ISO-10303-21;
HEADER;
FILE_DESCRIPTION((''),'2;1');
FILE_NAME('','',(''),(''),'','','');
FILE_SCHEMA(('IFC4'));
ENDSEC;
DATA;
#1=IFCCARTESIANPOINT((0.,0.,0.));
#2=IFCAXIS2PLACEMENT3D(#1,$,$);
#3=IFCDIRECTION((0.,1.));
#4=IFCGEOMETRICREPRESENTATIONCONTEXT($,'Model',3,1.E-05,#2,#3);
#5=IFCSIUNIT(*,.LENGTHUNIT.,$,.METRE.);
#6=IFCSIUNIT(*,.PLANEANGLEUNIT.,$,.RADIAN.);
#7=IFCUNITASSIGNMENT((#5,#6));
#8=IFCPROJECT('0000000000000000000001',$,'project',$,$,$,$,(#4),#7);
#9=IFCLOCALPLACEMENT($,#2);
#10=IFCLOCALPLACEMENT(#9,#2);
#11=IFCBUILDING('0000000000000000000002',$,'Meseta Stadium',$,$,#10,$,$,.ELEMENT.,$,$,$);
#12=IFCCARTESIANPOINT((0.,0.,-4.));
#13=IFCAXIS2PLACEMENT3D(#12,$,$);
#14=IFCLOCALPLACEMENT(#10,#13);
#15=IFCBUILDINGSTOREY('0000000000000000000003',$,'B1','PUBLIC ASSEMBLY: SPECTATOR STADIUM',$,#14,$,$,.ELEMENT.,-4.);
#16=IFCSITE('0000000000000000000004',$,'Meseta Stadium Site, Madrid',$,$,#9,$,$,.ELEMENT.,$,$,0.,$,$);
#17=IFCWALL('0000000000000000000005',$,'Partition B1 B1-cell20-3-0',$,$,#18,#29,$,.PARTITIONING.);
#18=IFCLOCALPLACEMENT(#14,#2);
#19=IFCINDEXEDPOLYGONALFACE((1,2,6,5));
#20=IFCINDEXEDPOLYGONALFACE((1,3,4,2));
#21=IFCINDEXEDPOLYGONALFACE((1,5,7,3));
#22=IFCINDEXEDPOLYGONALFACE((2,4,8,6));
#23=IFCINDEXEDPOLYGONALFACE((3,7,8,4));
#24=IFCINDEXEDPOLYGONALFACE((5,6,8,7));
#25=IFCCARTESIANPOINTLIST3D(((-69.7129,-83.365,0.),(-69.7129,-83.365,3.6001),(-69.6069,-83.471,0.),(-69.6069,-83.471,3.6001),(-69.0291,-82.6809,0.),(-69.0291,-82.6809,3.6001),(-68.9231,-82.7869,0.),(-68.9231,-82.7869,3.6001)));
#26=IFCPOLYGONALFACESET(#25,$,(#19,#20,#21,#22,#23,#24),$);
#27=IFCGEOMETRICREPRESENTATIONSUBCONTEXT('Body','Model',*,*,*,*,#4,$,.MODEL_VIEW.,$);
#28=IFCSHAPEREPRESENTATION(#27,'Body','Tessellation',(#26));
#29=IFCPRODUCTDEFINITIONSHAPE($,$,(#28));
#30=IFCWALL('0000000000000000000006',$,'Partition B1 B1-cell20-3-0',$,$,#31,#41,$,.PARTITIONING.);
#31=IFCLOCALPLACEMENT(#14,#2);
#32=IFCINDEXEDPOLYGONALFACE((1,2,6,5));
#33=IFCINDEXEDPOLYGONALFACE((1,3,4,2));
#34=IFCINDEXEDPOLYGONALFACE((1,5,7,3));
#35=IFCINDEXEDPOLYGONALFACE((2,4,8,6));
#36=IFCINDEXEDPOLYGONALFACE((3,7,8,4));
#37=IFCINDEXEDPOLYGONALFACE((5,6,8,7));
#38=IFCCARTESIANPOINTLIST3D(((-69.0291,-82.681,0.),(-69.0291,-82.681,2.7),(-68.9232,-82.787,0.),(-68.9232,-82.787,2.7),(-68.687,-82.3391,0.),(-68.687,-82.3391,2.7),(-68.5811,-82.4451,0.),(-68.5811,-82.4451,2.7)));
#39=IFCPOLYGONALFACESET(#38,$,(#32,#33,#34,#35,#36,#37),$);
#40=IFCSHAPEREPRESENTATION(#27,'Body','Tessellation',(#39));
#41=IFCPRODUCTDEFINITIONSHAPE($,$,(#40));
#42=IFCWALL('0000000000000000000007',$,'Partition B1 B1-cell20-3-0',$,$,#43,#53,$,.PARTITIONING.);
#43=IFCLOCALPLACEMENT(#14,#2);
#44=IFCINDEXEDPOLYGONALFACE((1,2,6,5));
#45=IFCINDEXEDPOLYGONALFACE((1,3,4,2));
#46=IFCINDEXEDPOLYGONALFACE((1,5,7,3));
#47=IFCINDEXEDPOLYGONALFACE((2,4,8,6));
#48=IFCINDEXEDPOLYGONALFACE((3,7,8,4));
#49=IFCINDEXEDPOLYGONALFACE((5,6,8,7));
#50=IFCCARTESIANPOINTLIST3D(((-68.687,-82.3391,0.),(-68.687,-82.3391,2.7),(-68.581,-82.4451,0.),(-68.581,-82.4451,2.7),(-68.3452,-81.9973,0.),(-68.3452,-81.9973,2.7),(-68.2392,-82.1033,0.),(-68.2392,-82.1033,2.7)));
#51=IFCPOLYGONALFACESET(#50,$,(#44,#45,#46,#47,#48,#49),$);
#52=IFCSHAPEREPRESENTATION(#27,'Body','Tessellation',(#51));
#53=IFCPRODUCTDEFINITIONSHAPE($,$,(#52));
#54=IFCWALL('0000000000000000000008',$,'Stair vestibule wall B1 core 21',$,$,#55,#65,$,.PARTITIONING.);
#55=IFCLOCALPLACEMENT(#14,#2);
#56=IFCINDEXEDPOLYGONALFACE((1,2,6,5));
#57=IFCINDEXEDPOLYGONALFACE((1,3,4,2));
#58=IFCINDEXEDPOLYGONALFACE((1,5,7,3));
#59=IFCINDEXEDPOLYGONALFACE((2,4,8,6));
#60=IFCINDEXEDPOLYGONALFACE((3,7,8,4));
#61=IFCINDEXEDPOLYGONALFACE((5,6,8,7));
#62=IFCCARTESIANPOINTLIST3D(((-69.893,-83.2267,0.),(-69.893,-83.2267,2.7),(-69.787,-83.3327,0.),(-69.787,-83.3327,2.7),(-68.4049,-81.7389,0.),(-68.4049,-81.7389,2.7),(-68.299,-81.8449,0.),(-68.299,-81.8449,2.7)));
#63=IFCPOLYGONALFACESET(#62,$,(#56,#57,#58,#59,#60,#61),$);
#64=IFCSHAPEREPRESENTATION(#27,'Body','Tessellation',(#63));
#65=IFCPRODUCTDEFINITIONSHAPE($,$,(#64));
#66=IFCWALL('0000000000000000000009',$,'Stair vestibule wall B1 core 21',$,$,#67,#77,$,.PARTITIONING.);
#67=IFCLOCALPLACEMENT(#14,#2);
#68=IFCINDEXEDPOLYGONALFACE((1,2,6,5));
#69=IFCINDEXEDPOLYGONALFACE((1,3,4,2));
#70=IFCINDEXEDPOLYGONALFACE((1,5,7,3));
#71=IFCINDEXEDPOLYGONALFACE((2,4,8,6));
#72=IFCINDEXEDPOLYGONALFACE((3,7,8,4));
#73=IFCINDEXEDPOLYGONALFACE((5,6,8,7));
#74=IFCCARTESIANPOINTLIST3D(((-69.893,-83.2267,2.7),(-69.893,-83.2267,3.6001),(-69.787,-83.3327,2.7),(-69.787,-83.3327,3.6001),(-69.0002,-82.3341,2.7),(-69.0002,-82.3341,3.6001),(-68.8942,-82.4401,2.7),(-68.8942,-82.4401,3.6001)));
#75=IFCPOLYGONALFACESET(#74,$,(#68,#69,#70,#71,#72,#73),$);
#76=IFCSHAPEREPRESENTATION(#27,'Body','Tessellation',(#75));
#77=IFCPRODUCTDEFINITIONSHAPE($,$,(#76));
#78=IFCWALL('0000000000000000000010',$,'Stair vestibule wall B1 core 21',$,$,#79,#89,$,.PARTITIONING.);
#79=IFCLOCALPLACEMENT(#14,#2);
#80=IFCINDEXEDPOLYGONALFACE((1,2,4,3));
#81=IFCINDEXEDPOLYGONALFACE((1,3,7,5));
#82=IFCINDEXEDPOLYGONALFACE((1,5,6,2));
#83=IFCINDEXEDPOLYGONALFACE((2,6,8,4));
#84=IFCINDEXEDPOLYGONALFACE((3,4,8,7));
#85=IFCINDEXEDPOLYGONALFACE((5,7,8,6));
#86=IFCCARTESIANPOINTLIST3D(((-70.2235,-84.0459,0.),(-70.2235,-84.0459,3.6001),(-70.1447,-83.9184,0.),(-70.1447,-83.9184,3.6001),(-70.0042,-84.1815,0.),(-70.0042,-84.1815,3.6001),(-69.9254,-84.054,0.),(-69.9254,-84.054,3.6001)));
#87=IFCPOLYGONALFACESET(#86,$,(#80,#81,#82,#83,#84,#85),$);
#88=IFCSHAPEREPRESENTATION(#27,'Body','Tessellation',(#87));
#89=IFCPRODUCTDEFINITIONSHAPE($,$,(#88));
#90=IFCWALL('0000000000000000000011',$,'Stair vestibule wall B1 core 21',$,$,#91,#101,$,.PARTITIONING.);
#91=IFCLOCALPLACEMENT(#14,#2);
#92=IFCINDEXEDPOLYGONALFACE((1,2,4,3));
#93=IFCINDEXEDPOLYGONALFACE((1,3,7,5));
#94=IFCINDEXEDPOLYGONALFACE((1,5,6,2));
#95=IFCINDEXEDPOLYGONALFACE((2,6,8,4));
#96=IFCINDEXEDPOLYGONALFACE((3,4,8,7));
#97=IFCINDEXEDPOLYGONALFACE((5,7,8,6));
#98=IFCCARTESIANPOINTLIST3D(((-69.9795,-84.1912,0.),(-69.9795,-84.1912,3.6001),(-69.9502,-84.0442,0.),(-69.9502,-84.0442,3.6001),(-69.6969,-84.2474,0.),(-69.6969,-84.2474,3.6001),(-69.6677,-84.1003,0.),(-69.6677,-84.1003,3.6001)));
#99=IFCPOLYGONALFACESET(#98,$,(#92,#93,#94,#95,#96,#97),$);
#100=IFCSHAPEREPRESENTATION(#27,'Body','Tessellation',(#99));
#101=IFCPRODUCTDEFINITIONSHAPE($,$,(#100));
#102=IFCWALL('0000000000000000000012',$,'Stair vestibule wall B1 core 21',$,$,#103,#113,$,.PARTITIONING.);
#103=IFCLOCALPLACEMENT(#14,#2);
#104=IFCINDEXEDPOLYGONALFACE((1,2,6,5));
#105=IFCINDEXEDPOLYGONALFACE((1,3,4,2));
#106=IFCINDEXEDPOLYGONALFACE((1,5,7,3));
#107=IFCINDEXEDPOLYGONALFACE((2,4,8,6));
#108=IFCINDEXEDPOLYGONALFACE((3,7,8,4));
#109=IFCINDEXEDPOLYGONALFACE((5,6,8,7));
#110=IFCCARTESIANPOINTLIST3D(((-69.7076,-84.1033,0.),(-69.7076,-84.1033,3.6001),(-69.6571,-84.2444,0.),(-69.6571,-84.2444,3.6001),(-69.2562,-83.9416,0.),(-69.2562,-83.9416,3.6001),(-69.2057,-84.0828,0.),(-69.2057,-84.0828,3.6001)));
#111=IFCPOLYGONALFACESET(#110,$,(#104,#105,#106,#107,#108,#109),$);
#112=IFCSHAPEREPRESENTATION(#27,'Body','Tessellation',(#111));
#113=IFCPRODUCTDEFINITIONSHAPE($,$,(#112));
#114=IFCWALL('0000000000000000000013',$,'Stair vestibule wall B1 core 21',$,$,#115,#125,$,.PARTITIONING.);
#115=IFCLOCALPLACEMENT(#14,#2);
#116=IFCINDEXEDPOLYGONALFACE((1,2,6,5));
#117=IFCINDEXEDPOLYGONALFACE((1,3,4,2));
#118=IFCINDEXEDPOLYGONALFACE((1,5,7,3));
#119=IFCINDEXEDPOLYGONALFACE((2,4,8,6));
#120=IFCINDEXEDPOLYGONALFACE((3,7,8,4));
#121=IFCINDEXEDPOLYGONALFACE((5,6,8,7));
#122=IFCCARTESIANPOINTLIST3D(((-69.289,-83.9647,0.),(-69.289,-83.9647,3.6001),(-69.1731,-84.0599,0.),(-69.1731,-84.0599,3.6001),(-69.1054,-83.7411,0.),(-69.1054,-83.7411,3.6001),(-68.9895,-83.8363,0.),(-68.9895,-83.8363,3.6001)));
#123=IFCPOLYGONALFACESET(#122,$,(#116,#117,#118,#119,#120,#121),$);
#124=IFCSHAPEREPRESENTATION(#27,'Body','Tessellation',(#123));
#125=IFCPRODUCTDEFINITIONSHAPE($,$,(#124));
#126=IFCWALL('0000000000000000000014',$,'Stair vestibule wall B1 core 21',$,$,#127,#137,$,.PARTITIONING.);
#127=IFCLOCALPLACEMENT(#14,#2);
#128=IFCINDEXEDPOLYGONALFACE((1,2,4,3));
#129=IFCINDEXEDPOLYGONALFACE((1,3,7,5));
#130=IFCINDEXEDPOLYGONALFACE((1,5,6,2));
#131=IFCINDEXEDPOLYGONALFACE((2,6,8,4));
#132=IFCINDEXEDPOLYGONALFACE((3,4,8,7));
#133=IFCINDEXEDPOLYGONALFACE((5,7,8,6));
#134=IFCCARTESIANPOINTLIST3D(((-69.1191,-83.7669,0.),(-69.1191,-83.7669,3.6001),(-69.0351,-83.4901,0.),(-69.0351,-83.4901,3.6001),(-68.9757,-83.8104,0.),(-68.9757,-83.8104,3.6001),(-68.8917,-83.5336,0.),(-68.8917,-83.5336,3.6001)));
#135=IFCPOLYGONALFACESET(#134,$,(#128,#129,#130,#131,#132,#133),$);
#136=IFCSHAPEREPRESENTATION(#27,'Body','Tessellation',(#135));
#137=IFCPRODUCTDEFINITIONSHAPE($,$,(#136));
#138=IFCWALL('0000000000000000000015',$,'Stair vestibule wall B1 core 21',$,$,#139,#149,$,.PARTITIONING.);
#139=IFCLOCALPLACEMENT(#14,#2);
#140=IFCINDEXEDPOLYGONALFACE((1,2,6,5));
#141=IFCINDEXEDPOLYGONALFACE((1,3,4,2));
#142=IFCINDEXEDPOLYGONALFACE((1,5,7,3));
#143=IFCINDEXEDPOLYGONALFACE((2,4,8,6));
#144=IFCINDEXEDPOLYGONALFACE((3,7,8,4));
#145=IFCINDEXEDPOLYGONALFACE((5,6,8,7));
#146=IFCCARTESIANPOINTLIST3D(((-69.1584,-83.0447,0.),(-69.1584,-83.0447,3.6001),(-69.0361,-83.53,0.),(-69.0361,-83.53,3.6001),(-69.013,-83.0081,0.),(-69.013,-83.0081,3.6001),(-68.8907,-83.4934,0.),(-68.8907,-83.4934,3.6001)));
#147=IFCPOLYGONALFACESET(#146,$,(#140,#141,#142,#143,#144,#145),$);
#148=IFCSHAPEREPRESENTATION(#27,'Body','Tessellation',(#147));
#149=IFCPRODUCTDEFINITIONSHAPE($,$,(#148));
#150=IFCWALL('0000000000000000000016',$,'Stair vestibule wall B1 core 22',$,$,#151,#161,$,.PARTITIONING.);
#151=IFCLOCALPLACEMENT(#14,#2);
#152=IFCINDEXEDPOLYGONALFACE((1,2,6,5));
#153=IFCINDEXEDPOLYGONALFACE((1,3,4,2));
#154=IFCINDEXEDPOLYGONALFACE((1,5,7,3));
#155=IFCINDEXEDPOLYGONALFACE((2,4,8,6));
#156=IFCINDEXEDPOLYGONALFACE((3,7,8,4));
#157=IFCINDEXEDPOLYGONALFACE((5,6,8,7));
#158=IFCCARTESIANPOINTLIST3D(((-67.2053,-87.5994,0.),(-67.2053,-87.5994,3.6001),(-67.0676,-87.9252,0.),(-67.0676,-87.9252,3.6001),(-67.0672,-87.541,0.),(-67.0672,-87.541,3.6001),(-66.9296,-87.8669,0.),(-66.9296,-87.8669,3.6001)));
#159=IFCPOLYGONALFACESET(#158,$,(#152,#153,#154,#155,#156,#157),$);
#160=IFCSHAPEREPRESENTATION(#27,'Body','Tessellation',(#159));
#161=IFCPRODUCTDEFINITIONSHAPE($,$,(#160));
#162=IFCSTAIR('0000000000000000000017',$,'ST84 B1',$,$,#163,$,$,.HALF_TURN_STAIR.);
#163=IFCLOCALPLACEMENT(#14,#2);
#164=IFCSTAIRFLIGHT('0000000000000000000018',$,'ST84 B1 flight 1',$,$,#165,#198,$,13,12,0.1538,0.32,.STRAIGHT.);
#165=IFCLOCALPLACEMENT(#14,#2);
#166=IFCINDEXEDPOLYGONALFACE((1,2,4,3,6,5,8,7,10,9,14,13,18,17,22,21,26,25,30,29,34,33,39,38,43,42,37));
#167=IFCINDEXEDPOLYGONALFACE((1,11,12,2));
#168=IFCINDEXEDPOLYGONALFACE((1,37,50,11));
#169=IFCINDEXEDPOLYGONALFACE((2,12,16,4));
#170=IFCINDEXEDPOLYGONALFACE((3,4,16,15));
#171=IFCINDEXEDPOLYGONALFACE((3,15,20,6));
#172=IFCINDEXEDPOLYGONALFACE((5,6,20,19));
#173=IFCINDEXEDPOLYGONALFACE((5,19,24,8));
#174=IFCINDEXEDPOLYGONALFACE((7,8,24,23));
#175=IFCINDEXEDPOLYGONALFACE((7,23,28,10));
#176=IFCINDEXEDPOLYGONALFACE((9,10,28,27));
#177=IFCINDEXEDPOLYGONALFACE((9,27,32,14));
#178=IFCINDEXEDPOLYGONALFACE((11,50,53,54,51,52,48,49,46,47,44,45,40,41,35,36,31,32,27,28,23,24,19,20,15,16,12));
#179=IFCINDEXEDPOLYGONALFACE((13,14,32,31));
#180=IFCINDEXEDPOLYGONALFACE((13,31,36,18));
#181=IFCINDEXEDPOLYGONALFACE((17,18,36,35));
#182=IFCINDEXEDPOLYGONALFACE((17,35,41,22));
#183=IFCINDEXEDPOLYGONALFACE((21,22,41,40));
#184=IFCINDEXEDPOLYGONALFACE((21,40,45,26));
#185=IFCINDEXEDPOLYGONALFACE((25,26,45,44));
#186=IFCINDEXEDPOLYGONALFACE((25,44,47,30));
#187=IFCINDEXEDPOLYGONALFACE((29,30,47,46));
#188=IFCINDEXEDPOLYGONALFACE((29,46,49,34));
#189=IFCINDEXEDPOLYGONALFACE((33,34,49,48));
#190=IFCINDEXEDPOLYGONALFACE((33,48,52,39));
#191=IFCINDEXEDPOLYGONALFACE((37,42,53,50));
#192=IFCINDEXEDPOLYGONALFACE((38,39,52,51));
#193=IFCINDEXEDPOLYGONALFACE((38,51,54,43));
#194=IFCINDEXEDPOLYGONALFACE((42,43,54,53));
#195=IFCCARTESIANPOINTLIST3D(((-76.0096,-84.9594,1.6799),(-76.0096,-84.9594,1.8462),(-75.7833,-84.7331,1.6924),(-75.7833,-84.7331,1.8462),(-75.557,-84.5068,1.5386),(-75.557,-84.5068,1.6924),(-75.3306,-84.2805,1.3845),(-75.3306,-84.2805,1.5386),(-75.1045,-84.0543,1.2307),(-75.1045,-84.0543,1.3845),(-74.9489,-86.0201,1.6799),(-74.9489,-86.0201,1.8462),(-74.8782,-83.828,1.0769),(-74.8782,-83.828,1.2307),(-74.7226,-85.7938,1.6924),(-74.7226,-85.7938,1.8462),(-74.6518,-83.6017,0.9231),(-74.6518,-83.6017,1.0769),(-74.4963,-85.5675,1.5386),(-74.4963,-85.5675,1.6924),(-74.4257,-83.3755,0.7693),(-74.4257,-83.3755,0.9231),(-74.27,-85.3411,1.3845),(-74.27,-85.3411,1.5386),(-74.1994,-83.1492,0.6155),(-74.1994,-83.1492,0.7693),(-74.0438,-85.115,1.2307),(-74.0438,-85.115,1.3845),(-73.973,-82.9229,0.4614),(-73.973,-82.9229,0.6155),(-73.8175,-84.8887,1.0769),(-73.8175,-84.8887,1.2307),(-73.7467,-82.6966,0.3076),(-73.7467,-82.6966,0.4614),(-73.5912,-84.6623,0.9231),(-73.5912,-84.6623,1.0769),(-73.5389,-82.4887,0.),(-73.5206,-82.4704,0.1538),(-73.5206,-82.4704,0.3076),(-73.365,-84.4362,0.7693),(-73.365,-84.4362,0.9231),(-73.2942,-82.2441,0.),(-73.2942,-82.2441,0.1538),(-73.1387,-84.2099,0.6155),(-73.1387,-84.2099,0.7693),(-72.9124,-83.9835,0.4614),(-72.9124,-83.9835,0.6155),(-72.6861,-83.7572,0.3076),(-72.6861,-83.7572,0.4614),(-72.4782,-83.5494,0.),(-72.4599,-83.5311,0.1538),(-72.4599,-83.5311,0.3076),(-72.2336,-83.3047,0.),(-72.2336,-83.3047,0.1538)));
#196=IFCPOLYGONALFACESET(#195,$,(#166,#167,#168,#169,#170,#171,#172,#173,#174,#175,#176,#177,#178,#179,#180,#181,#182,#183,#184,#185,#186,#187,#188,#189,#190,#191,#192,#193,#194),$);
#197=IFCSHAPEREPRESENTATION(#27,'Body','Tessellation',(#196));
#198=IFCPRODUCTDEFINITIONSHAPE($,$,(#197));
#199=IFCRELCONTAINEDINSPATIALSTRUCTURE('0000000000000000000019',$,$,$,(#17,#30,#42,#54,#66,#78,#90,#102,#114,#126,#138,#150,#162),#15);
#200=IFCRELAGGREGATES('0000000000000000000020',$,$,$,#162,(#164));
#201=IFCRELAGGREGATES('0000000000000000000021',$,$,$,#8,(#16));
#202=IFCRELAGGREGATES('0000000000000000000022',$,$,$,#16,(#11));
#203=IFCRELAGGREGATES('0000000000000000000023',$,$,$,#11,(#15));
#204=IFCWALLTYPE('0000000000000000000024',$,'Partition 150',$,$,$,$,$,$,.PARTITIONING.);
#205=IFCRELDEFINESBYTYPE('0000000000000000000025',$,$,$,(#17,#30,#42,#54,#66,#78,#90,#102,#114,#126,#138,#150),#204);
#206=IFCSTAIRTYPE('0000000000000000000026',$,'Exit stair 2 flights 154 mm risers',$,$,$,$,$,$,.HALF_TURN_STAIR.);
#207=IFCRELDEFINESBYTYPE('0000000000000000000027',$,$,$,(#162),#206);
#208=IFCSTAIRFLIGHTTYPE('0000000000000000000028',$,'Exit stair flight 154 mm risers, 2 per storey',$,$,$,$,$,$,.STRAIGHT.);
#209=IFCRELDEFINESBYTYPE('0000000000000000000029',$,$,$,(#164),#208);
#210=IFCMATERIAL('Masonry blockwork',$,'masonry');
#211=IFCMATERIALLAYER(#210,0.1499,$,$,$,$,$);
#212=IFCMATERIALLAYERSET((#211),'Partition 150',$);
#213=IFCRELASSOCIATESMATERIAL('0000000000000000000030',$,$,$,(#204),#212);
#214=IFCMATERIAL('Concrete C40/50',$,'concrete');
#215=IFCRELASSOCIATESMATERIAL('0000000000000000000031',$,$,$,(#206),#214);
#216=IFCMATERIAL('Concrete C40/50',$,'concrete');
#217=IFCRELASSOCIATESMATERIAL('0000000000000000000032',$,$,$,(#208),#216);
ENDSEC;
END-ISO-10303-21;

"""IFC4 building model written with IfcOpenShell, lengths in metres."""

from ifc_helpers import new_model, si_unit, direction, frame, frame_2d, origin, place, context, subcontext, project, spatial, polyline, rectangle, outline, extrude, material, layer, layer_set, type_object, element, aggregate, save


model = new_model("IFC4")

# Units and contexts
model_context = context("Model", 3, precision=1e-05, world=origin(), true_north=direction((0.0, 1.0)))
body_context = subcontext(model_context, "Body", "Model", "MODEL_VIEW")
ifc_project = project(units=[si_unit("LENGTHUNIT", "METRE"), si_unit("PLANEANGLEUNIT", "RADIAN")], contexts=[model_context])

# Site, building, storey
site_placement = place(None, origin())
site = spatial("IfcSite", under=ifc_project, at=site_placement, Name="Meseta Stadium Site, Madrid", CompositionType="ELEMENT", RefElevation=0.0)
building_placement = place(site_placement, origin())
building = spatial("IfcBuilding", under=site, at=building_placement, Name="Meseta Stadium", CompositionType="ELEMENT")
storey_placement = place(building_placement, frame((0.0, 0.0, -4.0)))
storey = spatial("IfcBuildingStorey", under=building, at=storey_placement, Name="B1", Description="PUBLIC ASSEMBLY: SPECTATOR STADIUM", CompositionType="ELEMENT", Elevation=-4.0)

# Walls
ifc_material_1 = material(Name="Masonry blockwork", Category="masonry")
ifc_layer = layer(ifc_material_1, 0.1499)
ifc_layer_set = layer_set([ifc_layer], Name="Partition 150")
wall_type = type_object("IfcWallType", Name="Partition 150", PredefinedType="PARTITIONING", material=ifc_layer_set)
wall_1_placement = place(storey_placement, frame((-69.6599, -83.418, 0.0), z_axis=(0.0, 0.0, 1.0), x_axis=(0.706981, 0.707233, 0.0)))
element("IfcWall", 1, at=wall_1_placement, inside=storey, type_object=wall_type, Name="Partition B1 B1-cell20-3-0", PredefinedType="PARTITIONING", context=body_context, shape_type="SweptSolid", body=[
    extrude(rectangle(XDim=0.9673, YDim=0.1499, at=frame_2d((0.4836, 0.0))), origin(), (0.0, 0.0, 1.0), 3.6001),
])
wall_2_placement = place(storey_placement, frame((-68.9761, -82.7339, 0.0), z_axis=(0.0, 0.0, 1.0), x_axis=(0.707359, 0.706854, 0.0)))
element("IfcWall", 2, at=wall_2_placement, inside=storey, type_object=wall_type, Name="Partition B1 B1-cell20-3-0", PredefinedType="PARTITIONING", context=body_context, shape_type="SweptSolid", body=[
    extrude(rectangle(XDim=0.4836, YDim=0.1499, at=frame_2d((0.2417, 0.0))), origin(), (0.0, 0.0, 1.0), 2.7),
])
wall_3_placement = place(storey_placement, frame((-68.634, -82.3921, 0.0), z_axis=(0.0, 0.0, 1.0), x_axis=(0.707107, 0.707107, 0.0)))
element("IfcWall", 3, at=wall_3_placement, inside=storey, type_object=wall_type, Name="Partition B1 B1-cell20-3-0", PredefinedType="PARTITIONING", context=body_context, shape_type="SweptSolid", body=[
    extrude(rectangle(XDim=0.4834, YDim=0.1499, at=frame_2d((0.2417, 0.0))), origin(), (0.0, 0.0, 1.0), 2.7),
])
wall_4_placement = place(storey_placement, frame((-69.8401, -83.2798, 0.0), z_axis=(0.0, 0.0, 1.0), x_axis=(0.707165, 0.707049, 0.0)))
element("IfcWall", 4, at=wall_4_placement, inside=storey, type_object=wall_type, Name="Stair vestibule wall B1 core 21", PredefinedType="PARTITIONING", context=body_context, shape_type="SweptSolid", body=[
    extrude(rectangle(XDim=2.1042, YDim=0.1499, at=frame_2d((1.0522, 0.0))), origin(), (0.0, 0.0, 1.0), 2.7),
])
wall_5_placement = place(storey_placement, frame((-69.8401, -83.2798, 2.7), z_axis=(0.0, 0.0, 1.0), x_axis=(0.707203, 0.70701, 0.0)))
element("IfcWall", 5, at=wall_5_placement, inside=storey, type_object=wall_type, Name="Stair vestibule wall B1 core 21", PredefinedType="PARTITIONING", context=body_context, shape_type="SweptSolid", body=[
    extrude(rectangle(XDim=1.2625, YDim=0.1499, at=frame_2d((0.6313, 0.0))), origin(), (0.0, 0.0, 1.0), 0.9001),
])
wall_6_placement = place(storey_placement, frame((-70.1841, -83.9822, 0.0), z_axis=(0.0, 0.0, 1.0), x_axis=(0.850648, -0.525735, 0.0)))
element("IfcWall", 6, at=wall_6_placement, inside=storey, type_object=wall_type, Name="Stair vestibule wall B1 core 21", PredefinedType="PARTITIONING", context=body_context, shape_type="SweptSolid", body=[
    extrude(rectangle(XDim=0.2578, YDim=0.1499, at=frame_2d((0.1289, 0.0))), origin(), (0.0, 0.0, 1.0), 3.6001),
])
wall_7_placement = place(storey_placement, frame((-69.9648, -84.1177, 0.0), z_axis=(0.0, 0.0, 1.0), x_axis=(0.980808, -0.194975, 0.0)))
element("IfcWall", 7, at=wall_7_placement, inside=storey, type_object=wall_type, Name="Stair vestibule wall B1 core 21", PredefinedType="PARTITIONING", context=body_context, shape_type="SweptSolid", body=[
    extrude(rectangle(XDim=0.2881, YDim=0.1499, at=frame_2d((0.144, 0.0))), origin(), (0.0, 0.0, 1.0), 3.6001),
])
wall_8_placement = place(storey_placement, frame((-69.6824, -84.1738, 0.0), z_axis=(0.0, 0.0, 1.0), x_axis=(0.941477, 0.337078, 0.0)))
element("IfcWall", 8, at=wall_8_placement, inside=storey, type_object=wall_type, Name="Stair vestibule wall B1 core 21", PredefinedType="PARTITIONING", context=body_context, shape_type="SweptSolid", body=[
    extrude(rectangle(XDim=0.4795, YDim=0.1499, at=frame_2d((0.2397, 0.0))), origin(), (0.0, 0.0, 1.0), 3.6001),
])
for number, where, z_axis, x_axis, name in (
    (9, (-69.231, -84.0122, 0.0), (0.0, 0.0, 1.0), (0.634523, 0.772904, 0.0), "Stair vestibule wall B1 core 21"),
    (10, (-69.0474, -83.7886, 0.0), (0.0, 0.0, 1.0), (0.290288, 0.956939, 0.0), "Stair vestibule wall B1 core 21"),
):
    element("IfcWall", number, at=place(storey_placement, frame(where, z_axis=z_axis, x_axis=x_axis)), inside=storey, type_object=wall_type, Name=name, PredefinedType="PARTITIONING", context=body_context, shape_type="SweptSolid", body=[
        extrude(rectangle(XDim=0.2893, YDim=0.1499, at=frame_2d((0.1445, 0.0))), origin(), (0.0, 0.0, 1.0), 3.6001),
    ])
wall_9_placement = place(storey_placement, frame((-68.9634, -83.5117, 0.0), z_axis=(0.0, 0.0, 1.0), x_axis=(-0.244371, 0.969682, 0.0)))
element("IfcWall", 11, at=wall_9_placement, inside=storey, type_object=wall_type, Name="Stair vestibule wall B1 core 21", PredefinedType="PARTITIONING", context=body_context, shape_type="SweptSolid", body=[
    extrude(rectangle(XDim=0.5005, YDim=0.1499, at=frame_2d((0.2502, 0.0))), origin(), (0.0, 0.0, 1.0), 3.6001),
])
wall_10_placement = place(storey_placement, frame((-67.1362, -87.5703, 0.0), z_axis=(0.0, 0.0, 1.0), x_axis=(0.389167, -0.921167, 0.0)))
element("IfcWall", 12, at=wall_10_placement, inside=storey, type_object=wall_type, Name="Stair vestibule wall B1 core 22", PredefinedType="PARTITIONING", context=body_context, shape_type="SweptSolid", body=[
    extrude(rectangle(XDim=0.3538, YDim=0.1499, at=frame_2d((0.1768, 0.0))), origin(), (0.0, 0.0, 1.0), 3.6001),
])

# Stair, stair flight
ifc_material_2 = material(Name="Concrete C40/50", Category="concrete")
stair_type = type_object("IfcStairType", Name="Exit stair 2 flights 154 mm risers", PredefinedType="HALF_TURN_STAIR", material=ifc_material_2)
stair_placement = place(storey_placement, origin())
stair = element("IfcStair", 13, at=stair_placement, inside=storey, type_object=stair_type, Name="ST84 B1", PredefinedType="HALF_TURN_STAIR")
ifc_material_3 = material(Name="Concrete C40/50", Category="concrete")
stair_flight_type = type_object("IfcStairFlightType", Name="Exit stair flight 154 mm risers, 2 per storey", PredefinedType="STRAIGHT", material=ifc_material_3)
stair_flight_1_placement = place(storey_placement, frame((-72.7639, -82.7744, 0.0), z_axis=(0.0, 0.0, 1.0), x_axis=(-0.707107, -0.707107, 0.0)))
stair_flight_1 = element("IfcStairFlight", 14, at=stair_flight_1_placement, type_object=stair_flight_type, Name="ST84 B1 flight 1", NumberOfRisers=13, NumberOfTreads=12, PredefinedType="STRAIGHT", RiserHeight=0.1538, TreadLength=0.32, context=body_context, shape_type="SweptSolid", body=[
    extrude(outline(polyline([(0.0, 0.0), (0.0, 0.1538), (0.3201, 0.1538), (0.3201, 0.3076), (0.6399, 0.3076), (0.6399, 0.4614), (0.96, 0.4614), (0.96, 0.6155), (1.28, 0.6155), (1.28, 0.7693), (1.6001, 0.7693), (1.6001, 0.9231), (1.9199, 0.9231), (1.9199, 1.0769), (2.24, 1.0769), (2.24, 1.2307), (2.5601, 1.2307), (2.5601, 1.3845), (2.8799, 1.3845), (2.8799, 1.5386), (3.2, 1.5386), (3.2, 1.6924), (3.52, 1.6924), (3.52, 1.8462), (3.8401, 1.8462), (3.8401, 1.6799), (0.3459, 0.0), (0.0, 0.0)])), frame((0.0, 0.75, 0.0), z_axis=(0.0, -1.0, 0.0), x_axis=(1.0, 0.0, 0.0)), (0.0, 0.0, 1.0), 1.5),
])
aggregate(stair, [stair_flight_1])

save(model, "model.ifc")
